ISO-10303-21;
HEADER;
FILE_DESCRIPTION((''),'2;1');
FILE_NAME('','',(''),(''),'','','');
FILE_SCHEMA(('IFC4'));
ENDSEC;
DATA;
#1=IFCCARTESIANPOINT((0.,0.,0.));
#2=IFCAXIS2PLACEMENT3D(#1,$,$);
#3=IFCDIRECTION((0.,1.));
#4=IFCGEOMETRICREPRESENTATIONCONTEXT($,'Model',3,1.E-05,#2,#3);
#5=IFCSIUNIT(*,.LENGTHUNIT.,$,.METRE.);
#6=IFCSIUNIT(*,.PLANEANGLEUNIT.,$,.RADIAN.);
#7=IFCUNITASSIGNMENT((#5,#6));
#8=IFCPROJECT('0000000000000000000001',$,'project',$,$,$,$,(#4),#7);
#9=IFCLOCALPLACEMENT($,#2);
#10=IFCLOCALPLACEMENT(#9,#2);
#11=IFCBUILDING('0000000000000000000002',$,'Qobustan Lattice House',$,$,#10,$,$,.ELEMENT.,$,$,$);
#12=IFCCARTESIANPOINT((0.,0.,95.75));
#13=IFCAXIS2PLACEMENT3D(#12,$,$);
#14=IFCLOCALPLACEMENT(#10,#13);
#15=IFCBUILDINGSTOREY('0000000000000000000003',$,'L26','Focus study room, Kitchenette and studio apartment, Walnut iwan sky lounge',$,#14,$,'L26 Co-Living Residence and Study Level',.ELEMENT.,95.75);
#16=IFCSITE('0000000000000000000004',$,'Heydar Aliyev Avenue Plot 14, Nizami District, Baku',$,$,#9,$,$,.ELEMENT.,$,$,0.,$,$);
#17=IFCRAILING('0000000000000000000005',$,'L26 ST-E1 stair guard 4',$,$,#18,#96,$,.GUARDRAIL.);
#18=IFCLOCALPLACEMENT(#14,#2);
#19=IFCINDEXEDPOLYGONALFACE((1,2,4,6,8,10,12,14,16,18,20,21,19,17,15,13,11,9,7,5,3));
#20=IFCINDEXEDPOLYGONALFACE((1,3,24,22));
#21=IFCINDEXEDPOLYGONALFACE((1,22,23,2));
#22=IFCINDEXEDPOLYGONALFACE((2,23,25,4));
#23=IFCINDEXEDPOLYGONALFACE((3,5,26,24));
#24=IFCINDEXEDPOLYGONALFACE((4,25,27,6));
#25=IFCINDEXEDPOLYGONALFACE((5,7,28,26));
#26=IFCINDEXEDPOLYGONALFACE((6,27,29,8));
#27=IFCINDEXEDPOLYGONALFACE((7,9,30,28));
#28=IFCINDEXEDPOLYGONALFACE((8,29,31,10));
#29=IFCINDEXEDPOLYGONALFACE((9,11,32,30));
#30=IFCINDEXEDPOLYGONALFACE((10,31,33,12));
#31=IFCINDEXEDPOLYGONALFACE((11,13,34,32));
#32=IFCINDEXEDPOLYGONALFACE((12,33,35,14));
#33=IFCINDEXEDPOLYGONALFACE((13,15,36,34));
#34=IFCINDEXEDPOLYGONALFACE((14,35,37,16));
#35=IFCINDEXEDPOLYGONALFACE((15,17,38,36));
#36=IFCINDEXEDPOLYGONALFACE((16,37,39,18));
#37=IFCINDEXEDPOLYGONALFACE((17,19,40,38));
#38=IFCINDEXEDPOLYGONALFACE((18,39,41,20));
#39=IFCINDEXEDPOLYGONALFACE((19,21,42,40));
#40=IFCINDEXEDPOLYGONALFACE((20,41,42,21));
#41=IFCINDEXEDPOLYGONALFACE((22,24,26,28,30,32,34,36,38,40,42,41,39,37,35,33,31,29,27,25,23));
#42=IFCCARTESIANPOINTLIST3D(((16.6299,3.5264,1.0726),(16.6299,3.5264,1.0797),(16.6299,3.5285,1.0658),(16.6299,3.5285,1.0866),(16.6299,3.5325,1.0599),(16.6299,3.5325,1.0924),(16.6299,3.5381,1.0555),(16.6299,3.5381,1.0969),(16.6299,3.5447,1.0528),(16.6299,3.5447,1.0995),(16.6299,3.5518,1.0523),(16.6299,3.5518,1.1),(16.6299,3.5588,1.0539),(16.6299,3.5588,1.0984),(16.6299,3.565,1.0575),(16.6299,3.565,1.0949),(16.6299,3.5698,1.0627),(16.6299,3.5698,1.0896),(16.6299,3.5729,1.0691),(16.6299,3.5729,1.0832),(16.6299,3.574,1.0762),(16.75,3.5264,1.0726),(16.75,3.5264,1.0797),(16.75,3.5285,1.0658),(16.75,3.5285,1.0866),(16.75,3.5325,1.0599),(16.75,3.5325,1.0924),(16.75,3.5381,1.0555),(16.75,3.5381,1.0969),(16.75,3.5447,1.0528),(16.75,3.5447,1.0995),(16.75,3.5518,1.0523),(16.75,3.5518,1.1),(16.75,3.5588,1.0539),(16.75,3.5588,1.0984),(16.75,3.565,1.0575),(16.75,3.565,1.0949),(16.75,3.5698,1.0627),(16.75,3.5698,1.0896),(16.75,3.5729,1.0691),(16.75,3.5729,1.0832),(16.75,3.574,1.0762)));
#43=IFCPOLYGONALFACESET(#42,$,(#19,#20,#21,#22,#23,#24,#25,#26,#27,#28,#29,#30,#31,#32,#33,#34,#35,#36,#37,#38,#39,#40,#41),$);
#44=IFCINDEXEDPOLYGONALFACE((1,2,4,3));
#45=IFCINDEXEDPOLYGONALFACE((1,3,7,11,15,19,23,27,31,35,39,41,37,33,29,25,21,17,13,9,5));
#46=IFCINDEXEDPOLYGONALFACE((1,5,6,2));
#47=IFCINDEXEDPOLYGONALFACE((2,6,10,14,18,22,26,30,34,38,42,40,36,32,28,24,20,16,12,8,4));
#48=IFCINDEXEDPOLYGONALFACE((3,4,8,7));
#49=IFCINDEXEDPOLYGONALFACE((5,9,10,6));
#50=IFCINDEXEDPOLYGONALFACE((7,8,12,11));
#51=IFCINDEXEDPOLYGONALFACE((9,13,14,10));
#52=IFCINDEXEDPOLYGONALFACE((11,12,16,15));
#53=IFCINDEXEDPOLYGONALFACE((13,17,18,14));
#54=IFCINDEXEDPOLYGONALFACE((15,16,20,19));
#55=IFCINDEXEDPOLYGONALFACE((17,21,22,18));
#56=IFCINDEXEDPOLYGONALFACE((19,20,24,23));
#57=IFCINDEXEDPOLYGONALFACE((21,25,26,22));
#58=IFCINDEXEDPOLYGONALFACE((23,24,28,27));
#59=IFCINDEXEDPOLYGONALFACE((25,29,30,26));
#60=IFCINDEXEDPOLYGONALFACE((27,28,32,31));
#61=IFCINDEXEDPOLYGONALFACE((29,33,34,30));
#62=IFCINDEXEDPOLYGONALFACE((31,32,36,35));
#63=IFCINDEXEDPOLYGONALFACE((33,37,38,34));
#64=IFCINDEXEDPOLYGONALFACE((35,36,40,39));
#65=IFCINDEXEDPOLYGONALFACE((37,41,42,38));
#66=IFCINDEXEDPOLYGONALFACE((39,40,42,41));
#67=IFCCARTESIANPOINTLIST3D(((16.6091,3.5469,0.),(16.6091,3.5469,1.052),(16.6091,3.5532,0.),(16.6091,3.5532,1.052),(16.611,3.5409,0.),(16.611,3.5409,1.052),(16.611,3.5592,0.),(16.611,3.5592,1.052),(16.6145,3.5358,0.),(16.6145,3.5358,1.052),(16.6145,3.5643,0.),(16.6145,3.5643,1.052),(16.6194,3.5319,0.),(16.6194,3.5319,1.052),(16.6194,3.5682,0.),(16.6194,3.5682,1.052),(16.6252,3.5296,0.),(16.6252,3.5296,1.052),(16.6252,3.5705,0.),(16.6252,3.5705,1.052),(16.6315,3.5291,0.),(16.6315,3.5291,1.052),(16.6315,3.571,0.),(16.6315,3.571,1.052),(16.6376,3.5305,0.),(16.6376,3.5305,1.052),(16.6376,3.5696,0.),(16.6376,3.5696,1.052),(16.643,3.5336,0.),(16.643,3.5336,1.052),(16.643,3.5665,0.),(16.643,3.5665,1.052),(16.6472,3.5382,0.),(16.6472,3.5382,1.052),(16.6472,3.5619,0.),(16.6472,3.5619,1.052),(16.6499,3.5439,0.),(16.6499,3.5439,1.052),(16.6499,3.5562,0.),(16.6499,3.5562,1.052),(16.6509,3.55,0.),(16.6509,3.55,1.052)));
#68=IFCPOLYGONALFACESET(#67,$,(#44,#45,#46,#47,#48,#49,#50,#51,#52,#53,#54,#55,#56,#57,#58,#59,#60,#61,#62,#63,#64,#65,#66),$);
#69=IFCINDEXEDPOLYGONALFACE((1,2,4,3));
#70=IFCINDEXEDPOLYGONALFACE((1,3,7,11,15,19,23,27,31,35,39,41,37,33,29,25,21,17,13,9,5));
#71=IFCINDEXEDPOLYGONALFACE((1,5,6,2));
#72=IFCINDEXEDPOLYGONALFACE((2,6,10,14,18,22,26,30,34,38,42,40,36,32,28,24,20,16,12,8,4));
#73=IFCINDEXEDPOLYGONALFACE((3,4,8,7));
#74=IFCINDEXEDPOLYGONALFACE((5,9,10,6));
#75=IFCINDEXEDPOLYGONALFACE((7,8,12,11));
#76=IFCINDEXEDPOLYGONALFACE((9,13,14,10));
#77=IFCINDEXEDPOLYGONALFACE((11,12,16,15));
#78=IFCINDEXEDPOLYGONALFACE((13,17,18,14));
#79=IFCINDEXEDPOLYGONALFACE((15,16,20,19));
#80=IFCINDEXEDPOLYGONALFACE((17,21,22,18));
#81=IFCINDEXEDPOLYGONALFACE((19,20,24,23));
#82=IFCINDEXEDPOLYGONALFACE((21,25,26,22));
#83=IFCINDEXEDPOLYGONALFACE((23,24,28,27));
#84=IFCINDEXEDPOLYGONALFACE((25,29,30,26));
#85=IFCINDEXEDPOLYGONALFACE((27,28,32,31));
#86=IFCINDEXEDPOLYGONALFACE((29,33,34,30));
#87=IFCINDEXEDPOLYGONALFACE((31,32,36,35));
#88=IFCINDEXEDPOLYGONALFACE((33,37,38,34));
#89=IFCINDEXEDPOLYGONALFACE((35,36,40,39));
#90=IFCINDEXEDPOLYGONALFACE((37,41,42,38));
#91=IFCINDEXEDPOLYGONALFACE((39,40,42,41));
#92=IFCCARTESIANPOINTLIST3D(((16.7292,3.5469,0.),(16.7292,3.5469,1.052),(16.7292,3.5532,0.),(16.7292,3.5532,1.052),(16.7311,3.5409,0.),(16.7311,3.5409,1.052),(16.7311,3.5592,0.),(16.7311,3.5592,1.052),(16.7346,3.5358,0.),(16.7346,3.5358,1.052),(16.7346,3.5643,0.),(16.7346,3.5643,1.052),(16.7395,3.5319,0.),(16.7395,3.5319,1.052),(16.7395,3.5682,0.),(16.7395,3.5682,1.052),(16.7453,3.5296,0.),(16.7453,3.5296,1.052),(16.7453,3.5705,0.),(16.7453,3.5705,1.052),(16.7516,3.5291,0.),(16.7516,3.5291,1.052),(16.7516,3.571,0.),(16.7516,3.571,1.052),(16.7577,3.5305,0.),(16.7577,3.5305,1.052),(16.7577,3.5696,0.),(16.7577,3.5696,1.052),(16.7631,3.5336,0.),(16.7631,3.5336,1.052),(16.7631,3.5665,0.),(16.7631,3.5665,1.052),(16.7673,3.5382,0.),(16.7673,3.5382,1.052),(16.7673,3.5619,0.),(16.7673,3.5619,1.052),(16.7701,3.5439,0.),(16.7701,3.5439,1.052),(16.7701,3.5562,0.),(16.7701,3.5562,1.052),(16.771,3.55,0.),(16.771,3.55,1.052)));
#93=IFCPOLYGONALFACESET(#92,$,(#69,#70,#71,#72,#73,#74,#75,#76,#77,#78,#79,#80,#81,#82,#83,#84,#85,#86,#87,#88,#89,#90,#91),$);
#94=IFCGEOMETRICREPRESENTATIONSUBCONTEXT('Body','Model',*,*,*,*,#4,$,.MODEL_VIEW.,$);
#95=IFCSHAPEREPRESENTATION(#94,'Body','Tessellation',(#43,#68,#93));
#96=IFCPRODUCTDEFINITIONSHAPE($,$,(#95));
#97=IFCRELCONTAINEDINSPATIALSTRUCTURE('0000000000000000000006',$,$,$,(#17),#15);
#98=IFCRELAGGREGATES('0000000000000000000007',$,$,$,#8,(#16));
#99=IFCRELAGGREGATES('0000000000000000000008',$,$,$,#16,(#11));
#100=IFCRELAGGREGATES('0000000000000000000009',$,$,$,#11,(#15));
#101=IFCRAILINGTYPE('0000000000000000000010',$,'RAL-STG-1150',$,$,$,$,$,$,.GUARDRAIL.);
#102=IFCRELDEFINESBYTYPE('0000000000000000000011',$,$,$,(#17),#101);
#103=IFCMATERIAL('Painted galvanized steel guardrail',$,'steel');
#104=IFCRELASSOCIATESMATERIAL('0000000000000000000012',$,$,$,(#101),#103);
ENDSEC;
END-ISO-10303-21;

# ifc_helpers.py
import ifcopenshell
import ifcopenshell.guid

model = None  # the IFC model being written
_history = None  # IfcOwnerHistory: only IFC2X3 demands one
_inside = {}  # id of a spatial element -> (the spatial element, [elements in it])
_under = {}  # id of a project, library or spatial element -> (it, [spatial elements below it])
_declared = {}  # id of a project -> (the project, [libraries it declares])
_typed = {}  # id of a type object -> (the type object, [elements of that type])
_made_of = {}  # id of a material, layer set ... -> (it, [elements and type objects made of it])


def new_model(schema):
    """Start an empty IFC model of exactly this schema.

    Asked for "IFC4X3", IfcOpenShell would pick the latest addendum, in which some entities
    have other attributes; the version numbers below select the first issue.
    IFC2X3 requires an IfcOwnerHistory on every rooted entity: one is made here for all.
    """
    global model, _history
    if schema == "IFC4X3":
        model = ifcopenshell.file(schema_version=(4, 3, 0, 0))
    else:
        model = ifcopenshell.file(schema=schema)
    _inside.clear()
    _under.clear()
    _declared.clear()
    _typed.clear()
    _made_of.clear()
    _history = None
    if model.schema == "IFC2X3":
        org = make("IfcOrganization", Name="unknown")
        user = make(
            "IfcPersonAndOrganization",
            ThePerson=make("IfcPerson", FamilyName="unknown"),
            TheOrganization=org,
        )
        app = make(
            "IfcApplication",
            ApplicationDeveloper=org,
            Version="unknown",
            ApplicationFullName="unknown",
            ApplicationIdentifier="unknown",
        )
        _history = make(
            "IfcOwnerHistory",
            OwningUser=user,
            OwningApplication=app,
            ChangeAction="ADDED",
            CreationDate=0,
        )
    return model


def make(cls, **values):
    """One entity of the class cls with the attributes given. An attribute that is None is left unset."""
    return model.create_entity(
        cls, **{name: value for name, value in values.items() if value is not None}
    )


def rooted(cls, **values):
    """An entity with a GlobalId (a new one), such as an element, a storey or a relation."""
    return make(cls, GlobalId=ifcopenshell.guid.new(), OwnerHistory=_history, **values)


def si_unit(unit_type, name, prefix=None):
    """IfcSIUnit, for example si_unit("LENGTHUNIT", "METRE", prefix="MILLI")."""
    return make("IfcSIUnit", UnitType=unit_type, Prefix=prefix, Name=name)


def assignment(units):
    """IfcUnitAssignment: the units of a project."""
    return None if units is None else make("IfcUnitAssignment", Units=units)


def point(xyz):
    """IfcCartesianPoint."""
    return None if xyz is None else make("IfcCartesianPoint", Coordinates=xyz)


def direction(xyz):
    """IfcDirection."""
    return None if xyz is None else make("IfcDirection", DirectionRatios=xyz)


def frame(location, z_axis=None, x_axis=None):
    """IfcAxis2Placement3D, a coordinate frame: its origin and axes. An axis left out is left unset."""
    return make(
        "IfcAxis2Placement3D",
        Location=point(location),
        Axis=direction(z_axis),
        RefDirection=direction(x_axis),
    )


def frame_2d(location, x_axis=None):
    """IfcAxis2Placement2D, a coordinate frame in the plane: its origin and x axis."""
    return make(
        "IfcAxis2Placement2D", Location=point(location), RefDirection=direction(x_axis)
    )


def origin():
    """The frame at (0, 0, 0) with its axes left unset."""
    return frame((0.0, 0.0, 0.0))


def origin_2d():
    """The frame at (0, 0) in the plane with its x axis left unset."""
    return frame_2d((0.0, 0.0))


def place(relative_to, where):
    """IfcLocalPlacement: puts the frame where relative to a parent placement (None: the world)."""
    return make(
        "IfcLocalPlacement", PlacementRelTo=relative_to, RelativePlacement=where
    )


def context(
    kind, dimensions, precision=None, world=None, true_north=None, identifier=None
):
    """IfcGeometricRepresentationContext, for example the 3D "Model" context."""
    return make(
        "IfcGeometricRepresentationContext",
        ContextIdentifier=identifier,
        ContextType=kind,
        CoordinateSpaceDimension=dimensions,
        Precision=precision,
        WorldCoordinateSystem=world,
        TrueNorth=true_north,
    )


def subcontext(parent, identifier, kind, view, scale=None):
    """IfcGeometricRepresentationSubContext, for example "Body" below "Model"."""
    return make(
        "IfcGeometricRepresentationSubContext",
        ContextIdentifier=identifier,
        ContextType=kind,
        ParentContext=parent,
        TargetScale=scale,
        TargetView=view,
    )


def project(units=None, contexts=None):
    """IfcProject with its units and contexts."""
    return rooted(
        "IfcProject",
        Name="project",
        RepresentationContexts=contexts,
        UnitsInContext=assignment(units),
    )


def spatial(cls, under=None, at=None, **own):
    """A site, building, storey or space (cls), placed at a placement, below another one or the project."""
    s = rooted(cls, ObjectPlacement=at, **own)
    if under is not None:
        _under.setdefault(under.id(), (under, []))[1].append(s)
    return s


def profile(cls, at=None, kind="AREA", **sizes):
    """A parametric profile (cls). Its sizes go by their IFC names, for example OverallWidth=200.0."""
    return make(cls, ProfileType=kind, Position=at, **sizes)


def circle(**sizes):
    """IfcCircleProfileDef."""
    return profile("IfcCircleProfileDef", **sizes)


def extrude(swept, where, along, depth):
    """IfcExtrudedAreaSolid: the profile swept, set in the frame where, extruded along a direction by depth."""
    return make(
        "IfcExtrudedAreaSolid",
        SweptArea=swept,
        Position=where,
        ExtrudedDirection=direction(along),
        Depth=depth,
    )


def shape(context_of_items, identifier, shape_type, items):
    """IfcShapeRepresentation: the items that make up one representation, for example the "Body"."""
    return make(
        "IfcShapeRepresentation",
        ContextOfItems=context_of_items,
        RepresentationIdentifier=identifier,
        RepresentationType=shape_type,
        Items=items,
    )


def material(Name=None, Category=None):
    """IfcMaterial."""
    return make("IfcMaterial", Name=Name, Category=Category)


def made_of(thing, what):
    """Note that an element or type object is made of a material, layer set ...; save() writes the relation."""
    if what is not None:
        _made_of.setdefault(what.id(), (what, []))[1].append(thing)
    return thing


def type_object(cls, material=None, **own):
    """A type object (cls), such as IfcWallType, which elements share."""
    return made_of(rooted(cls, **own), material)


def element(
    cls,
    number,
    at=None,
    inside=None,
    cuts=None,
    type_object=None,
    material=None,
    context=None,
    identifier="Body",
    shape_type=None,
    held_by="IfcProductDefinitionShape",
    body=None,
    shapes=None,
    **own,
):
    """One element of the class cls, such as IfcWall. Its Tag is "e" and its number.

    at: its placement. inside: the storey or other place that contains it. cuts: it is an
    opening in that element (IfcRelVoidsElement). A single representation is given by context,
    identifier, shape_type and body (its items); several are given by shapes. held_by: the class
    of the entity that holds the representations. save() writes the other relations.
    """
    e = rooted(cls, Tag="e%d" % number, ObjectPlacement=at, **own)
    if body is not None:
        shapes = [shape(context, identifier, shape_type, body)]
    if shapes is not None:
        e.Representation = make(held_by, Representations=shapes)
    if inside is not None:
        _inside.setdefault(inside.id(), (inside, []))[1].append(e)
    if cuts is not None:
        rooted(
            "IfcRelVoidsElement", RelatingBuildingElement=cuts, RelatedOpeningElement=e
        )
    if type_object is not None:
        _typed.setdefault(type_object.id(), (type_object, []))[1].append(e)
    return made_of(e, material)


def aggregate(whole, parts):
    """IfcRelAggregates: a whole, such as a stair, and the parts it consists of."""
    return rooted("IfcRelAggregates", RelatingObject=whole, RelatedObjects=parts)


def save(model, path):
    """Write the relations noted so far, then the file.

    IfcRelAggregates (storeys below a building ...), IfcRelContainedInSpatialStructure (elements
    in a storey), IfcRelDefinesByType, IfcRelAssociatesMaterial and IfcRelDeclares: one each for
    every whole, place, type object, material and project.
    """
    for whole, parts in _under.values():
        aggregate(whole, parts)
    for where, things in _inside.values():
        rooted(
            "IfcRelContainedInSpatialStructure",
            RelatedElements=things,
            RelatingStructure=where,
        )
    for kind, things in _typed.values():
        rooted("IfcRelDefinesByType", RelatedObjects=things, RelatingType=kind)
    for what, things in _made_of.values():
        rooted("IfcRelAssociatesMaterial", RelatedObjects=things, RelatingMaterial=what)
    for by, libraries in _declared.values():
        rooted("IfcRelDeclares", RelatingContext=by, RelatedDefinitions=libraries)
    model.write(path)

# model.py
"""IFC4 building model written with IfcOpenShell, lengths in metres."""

from ifc_helpers import new_model, si_unit, direction, frame, origin, origin_2d, place, context, subcontext, project, spatial, circle, extrude, material, type_object, element, save


model = new_model("IFC4")

# Units and contexts
model_context = context("Model", 3, precision=1e-05, world=origin(), true_north=direction((0.0, 1.0)))
body_context = subcontext(model_context, "Body", "Model", "MODEL_VIEW")
ifc_project = project(units=[si_unit("LENGTHUNIT", "METRE"), si_unit("PLANEANGLEUNIT", "RADIAN")], contexts=[model_context])

# Site, building, storey
site_placement = place(None, origin())
site = spatial("IfcSite", under=ifc_project, at=site_placement, Name="Heydar Aliyev Avenue Plot 14, Nizami District, Baku", CompositionType="ELEMENT", RefElevation=0.0)
building_placement = place(site_placement, origin())
building = spatial("IfcBuilding", under=site, at=building_placement, Name="Qobustan Lattice House", CompositionType="ELEMENT")
storey_placement = place(building_placement, frame((0.0, 0.0, 95.75)))
storey = spatial("IfcBuildingStorey", under=building, at=storey_placement, Name="L26", Description="Focus study room, Kitchenette and studio apartment, Walnut iwan sky lounge", LongName="L26 Co-Living Residence and Study Level", CompositionType="ELEMENT", Elevation=95.75)

# Railing
ifc_material_1 = material(Name="Painted galvanized steel guardrail", Category="steel")
railing_type_1 = type_object("IfcRailingType", Name="RAL-STG-1150", PredefinedType="GUARDRAIL", material=ifc_material_1)
railing_1_placement = place(storey_placement, frame((16.6299, 3.55, 0.0)))
element("IfcRailing", 1, at=railing_1_placement, inside=storey, type_object=railing_type_1, Name="L26 ST-E1 stair guard 4", PredefinedType="GUARDRAIL", context=body_context, shape_type="SweptSolid", body=[
    extrude(circle(Radius=0.0239, at=origin_2d()), frame((0.0, 0.0, 1.0762), z_axis=(1.0, 0.0, 0.0), x_axis=(0.0, 1.0, 0.0)), (0.0, 0.0, 1.0), 0.1201),
    extrude(circle(Radius=0.021, at=origin_2d()), origin(), (0.0, 0.0, 1.0), 1.052),
    extrude(circle(Radius=0.021, at=origin_2d()), frame((0.1201, 0.0, 0.0)), (0.0, 0.0, 1.0), 1.052),
])

save(model, "model.ifc")
